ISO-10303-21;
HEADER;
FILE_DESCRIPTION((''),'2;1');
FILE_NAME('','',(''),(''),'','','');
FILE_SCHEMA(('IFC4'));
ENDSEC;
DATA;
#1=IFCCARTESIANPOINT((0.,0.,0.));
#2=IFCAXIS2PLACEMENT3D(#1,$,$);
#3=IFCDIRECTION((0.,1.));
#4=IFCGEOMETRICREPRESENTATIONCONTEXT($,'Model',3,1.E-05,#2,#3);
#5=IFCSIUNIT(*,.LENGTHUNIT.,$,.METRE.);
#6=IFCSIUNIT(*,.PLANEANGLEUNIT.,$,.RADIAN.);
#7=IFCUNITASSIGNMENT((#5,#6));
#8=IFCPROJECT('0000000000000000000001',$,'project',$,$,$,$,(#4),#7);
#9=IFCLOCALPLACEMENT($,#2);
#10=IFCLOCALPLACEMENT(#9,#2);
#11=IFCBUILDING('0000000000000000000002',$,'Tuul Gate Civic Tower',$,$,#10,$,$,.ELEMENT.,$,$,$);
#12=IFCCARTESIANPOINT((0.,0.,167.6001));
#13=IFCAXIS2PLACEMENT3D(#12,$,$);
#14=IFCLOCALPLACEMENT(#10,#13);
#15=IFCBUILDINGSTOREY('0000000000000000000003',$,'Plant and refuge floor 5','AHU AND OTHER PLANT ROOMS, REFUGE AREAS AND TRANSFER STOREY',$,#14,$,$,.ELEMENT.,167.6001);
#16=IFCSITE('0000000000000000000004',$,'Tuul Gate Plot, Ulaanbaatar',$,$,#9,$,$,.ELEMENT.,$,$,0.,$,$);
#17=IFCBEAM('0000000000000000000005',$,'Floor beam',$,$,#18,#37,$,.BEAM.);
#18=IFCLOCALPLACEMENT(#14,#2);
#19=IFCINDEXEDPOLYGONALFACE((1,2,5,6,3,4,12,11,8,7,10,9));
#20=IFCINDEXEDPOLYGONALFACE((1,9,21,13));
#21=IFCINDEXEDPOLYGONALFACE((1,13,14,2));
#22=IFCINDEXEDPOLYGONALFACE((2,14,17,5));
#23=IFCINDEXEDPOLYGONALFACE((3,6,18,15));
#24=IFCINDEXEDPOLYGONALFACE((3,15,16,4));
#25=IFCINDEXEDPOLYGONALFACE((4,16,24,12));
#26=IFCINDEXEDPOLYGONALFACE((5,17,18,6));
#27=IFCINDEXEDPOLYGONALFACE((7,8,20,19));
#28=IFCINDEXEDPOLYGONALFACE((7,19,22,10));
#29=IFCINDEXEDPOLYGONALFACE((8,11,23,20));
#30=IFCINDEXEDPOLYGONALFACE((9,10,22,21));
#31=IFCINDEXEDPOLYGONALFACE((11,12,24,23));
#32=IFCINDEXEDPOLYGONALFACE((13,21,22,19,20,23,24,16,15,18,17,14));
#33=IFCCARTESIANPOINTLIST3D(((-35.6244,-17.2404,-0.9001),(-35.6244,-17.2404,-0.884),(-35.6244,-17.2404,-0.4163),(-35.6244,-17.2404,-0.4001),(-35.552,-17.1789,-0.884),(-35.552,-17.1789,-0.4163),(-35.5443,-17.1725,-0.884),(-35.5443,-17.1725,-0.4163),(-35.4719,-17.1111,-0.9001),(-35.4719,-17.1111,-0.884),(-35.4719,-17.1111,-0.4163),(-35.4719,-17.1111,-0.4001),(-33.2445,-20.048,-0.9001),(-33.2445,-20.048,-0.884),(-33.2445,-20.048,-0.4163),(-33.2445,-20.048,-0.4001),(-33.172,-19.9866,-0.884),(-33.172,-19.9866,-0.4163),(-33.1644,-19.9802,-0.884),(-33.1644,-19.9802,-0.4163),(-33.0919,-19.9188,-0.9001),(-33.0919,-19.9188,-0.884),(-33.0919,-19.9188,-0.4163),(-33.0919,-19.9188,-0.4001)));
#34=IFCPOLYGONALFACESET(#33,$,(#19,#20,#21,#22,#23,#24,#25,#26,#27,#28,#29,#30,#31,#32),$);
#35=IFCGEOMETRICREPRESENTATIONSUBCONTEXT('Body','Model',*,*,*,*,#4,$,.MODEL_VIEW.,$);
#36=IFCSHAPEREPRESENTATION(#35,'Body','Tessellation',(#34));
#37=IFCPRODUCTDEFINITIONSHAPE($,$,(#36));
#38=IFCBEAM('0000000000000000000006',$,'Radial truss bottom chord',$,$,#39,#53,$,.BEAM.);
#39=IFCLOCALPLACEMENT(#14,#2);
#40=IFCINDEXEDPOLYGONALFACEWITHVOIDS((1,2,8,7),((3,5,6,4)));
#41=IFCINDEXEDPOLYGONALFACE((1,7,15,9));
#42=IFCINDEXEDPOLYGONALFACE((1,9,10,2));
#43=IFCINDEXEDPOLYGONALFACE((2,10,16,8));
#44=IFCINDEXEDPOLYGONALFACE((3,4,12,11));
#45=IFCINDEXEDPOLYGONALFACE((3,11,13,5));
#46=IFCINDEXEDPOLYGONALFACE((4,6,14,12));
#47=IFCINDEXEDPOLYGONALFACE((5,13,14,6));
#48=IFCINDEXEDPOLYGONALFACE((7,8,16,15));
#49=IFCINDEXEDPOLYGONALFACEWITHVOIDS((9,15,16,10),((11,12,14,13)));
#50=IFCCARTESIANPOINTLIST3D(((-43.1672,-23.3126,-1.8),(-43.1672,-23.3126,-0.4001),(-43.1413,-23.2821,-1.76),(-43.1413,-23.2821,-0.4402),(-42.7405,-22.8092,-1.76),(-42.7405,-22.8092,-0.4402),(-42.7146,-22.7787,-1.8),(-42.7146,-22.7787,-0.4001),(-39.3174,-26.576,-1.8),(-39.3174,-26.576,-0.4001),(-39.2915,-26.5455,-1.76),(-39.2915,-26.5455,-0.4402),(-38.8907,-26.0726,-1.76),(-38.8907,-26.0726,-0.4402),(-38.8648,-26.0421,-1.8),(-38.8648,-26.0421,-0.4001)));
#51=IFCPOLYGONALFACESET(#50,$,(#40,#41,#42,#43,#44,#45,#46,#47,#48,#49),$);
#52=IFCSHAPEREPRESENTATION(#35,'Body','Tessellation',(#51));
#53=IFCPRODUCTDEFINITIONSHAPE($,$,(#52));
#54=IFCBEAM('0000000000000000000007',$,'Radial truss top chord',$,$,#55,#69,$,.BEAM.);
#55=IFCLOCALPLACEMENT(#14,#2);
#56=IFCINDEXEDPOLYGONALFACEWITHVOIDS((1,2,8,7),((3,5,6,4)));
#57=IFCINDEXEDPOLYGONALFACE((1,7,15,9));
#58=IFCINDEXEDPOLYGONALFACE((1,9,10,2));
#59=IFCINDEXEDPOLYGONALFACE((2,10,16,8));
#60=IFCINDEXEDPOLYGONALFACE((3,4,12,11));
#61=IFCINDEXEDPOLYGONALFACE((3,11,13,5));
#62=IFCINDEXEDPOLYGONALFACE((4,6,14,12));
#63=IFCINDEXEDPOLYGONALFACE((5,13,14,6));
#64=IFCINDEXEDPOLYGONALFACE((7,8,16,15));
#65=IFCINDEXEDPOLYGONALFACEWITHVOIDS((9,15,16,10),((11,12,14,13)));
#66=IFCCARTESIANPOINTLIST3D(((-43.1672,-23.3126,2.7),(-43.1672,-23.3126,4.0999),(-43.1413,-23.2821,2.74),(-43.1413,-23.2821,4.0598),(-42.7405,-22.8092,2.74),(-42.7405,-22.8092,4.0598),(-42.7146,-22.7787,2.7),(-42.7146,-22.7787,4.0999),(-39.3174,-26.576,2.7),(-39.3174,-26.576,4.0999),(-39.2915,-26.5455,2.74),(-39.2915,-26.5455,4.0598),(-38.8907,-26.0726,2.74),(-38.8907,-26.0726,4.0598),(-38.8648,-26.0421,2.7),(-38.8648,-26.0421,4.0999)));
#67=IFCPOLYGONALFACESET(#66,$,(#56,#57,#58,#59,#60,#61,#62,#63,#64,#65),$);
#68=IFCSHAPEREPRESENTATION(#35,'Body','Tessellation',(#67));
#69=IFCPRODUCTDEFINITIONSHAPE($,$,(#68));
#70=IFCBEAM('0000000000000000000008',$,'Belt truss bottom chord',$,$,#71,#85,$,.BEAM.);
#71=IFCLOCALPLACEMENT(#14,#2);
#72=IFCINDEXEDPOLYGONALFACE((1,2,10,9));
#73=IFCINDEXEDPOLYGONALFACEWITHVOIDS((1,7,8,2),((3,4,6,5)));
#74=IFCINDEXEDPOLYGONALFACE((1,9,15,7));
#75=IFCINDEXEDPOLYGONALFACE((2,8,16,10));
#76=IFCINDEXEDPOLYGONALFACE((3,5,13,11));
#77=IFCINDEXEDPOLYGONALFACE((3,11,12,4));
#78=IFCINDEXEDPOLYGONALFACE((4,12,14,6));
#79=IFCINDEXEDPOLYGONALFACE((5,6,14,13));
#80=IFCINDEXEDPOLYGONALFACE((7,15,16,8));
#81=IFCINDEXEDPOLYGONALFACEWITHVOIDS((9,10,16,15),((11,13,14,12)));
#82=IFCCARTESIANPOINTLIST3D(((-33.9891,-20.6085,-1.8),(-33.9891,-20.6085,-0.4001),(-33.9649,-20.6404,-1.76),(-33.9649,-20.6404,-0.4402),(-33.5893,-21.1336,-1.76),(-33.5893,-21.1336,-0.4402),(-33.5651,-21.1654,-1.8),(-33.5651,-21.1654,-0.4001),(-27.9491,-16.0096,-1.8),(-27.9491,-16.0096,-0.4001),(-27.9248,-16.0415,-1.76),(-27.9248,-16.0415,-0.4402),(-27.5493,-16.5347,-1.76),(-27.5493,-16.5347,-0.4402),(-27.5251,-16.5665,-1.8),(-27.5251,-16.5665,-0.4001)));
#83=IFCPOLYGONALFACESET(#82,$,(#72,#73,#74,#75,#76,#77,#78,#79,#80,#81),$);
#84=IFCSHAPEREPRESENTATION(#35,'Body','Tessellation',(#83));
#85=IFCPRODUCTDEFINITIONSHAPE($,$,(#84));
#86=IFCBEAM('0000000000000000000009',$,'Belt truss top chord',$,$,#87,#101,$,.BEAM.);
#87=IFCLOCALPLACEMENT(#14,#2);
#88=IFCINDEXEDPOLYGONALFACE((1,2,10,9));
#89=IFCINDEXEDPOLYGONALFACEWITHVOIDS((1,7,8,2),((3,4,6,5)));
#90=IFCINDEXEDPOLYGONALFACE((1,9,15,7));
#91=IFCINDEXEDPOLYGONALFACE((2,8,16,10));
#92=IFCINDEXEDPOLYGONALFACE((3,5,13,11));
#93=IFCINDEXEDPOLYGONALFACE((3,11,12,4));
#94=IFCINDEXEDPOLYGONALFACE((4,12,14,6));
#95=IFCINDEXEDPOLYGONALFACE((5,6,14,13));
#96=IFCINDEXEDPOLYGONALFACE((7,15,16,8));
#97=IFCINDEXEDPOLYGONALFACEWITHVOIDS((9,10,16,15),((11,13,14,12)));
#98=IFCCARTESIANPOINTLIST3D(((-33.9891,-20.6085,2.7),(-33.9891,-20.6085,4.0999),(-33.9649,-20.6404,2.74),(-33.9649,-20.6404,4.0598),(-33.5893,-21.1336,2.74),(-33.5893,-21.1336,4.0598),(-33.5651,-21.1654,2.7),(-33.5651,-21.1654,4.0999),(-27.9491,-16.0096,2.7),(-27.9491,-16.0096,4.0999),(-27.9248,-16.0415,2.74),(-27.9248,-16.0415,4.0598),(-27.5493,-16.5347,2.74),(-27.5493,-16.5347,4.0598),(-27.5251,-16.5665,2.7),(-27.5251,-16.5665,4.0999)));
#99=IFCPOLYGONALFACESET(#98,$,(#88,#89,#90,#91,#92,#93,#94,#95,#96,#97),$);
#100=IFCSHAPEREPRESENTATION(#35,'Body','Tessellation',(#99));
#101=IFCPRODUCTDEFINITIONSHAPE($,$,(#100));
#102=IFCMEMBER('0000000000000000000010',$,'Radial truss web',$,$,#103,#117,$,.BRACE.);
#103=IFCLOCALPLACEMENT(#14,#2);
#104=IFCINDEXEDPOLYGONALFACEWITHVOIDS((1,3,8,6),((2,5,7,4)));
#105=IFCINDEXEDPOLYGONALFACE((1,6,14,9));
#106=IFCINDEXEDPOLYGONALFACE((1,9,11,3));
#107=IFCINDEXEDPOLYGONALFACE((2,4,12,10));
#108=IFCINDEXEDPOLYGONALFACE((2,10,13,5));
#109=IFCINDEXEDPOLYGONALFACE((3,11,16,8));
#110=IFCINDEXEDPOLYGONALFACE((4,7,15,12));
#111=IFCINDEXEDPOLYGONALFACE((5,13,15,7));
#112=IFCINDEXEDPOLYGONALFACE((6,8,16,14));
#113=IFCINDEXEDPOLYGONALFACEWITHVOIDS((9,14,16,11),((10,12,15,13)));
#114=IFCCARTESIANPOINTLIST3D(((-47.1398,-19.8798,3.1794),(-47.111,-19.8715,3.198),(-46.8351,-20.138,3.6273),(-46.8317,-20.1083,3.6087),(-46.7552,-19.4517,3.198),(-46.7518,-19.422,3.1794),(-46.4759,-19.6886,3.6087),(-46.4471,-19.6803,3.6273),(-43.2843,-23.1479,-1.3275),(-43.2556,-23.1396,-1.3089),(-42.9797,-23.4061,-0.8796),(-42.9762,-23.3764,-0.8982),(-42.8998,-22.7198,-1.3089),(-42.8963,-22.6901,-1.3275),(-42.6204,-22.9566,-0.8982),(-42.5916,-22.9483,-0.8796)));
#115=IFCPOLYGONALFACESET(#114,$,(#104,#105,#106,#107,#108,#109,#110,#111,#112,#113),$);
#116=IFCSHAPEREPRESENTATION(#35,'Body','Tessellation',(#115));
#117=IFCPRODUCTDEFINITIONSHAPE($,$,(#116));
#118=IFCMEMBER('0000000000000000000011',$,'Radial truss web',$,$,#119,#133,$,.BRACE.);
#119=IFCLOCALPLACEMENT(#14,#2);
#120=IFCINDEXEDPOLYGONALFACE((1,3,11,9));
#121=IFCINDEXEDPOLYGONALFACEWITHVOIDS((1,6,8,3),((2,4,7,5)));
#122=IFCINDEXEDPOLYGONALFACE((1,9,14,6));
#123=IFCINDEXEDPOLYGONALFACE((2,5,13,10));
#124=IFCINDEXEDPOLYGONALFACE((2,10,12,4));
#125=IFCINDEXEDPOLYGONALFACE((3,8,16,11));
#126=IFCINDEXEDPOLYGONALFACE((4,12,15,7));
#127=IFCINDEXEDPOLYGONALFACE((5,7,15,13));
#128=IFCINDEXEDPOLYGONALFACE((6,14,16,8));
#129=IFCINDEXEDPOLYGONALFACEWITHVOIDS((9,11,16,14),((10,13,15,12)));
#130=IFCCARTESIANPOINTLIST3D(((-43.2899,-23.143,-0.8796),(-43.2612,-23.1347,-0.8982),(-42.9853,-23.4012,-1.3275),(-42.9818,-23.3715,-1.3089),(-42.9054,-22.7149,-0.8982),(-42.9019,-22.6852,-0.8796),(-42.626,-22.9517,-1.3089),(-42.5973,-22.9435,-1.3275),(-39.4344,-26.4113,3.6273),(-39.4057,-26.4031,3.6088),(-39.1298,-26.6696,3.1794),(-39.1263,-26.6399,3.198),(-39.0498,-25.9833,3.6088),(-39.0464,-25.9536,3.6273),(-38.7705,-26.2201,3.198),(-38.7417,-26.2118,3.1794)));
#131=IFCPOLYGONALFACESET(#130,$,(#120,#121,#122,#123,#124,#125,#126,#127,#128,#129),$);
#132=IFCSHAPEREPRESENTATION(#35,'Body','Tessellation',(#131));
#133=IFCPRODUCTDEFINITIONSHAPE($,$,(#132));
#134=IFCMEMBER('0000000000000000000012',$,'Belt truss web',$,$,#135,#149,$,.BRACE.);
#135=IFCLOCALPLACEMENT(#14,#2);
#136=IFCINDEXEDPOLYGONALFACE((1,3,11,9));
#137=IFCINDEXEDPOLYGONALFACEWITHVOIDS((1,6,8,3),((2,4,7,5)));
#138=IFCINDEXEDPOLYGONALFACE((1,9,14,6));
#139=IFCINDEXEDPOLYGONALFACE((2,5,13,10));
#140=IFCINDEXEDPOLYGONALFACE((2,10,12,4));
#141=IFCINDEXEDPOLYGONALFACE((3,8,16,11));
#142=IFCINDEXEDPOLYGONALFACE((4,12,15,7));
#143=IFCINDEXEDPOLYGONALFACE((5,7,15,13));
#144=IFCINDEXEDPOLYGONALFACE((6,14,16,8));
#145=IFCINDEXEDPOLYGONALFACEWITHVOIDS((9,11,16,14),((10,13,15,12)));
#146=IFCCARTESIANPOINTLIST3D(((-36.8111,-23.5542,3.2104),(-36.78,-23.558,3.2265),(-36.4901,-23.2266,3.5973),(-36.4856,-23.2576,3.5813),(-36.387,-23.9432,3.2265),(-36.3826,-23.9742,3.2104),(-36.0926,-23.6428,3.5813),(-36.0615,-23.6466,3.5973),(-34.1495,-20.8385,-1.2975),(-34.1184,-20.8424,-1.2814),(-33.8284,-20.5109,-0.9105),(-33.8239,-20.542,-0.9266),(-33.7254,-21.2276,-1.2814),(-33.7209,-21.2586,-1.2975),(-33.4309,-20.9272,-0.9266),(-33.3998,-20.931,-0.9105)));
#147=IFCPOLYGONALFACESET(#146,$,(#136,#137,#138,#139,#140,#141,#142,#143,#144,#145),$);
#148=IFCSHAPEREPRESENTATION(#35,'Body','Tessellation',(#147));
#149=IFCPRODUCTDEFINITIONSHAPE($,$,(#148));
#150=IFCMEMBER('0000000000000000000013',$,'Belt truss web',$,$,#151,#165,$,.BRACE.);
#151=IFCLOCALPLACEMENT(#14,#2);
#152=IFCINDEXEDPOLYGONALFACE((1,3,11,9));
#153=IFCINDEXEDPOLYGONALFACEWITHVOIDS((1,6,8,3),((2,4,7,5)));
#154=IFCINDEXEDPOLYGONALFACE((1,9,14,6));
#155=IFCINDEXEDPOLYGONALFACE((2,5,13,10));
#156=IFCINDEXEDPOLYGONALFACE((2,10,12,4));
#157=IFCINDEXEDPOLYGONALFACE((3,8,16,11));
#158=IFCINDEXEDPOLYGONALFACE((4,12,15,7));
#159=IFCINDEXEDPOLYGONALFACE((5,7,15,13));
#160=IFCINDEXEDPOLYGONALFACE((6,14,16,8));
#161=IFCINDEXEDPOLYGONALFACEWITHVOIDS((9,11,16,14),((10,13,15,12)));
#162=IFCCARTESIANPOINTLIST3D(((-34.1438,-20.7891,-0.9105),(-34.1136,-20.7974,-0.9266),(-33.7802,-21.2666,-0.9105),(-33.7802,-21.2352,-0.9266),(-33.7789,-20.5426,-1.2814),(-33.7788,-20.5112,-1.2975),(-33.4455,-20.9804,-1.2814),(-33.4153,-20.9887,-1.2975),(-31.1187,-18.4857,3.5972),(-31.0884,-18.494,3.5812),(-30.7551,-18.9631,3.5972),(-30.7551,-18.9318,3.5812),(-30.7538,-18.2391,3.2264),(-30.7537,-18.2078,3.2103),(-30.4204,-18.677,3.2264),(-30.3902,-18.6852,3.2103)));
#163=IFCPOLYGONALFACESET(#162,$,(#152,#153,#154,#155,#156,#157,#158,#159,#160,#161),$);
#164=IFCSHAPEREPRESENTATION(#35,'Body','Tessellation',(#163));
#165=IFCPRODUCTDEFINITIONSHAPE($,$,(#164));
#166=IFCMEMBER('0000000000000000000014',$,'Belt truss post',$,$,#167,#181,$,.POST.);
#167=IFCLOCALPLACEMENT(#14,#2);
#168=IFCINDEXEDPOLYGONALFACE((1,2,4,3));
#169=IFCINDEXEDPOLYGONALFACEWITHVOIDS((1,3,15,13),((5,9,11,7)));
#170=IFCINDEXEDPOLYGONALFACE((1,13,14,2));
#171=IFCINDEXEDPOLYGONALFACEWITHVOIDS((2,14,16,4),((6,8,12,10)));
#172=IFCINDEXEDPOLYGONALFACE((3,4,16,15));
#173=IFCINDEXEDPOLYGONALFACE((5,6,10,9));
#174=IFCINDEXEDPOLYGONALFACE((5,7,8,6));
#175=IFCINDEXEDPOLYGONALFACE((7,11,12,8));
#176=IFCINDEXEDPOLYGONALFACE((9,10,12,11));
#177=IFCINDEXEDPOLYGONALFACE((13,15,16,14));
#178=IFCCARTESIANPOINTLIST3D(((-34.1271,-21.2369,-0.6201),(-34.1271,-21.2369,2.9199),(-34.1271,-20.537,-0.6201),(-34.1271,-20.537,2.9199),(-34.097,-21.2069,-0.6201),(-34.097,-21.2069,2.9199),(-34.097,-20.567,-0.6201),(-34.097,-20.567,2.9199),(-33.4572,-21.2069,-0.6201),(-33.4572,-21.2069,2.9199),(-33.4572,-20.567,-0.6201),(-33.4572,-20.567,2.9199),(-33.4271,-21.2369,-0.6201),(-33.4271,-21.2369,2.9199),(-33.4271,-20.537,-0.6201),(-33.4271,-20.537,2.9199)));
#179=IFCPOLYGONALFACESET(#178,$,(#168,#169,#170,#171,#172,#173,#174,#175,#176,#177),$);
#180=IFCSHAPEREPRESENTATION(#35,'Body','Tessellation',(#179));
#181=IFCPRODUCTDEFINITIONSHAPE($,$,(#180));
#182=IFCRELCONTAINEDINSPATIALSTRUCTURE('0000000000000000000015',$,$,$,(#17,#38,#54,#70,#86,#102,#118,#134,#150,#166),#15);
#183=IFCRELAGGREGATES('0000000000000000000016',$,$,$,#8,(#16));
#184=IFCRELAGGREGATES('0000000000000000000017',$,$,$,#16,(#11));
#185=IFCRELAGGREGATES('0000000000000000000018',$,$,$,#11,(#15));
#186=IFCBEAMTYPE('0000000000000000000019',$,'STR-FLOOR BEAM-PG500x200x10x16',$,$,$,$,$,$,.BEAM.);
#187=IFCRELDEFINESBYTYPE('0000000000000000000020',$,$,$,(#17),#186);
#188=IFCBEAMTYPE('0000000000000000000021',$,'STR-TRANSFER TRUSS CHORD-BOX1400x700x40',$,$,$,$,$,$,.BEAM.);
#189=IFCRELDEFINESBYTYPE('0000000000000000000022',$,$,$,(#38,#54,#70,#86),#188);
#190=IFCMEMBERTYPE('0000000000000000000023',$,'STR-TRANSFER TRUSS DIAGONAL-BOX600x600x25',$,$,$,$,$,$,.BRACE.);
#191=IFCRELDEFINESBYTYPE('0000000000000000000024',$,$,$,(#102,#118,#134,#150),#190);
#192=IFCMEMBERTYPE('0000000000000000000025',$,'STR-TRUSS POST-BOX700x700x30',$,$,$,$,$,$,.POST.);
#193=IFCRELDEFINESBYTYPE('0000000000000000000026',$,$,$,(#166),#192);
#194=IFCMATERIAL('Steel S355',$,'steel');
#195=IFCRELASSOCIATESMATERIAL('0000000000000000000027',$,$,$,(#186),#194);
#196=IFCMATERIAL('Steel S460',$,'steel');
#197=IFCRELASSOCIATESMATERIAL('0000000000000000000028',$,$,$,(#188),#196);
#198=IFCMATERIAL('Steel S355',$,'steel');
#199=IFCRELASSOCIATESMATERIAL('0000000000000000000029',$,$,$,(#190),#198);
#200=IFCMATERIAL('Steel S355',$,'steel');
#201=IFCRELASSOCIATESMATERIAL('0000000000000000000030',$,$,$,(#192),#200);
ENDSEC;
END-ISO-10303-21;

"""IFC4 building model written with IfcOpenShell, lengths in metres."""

from ifc_helpers import new_model, si_unit, direction, frame, origin, origin_2d, place, context, subcontext, project, spatial, hollow_rectangle, i_section, extrude, material, material_profile, profile_set, type_object, element, save


model = new_model("IFC4")

# Units and contexts
model_context = context("Model", 3, precision=1e-05, world=origin(), true_north=direction((0.0, 1.0)))
body_context = subcontext(model_context, "Body", "Model", "MODEL_VIEW")
ifc_project = project(units=[si_unit("LENGTHUNIT", "METRE"), si_unit("PLANEANGLEUNIT", "RADIAN")], contexts=[model_context])

# Site, building, storey
site_placement = place(None, origin())
site = spatial("IfcSite", under=ifc_project, at=site_placement, Name="Tuul Gate Plot, Ulaanbaatar", CompositionType="ELEMENT", RefElevation=0.0)
building_placement = place(site_placement, origin())
building = spatial("IfcBuilding", under=site, at=building_placement, Name="Tuul Gate Civic Tower", CompositionType="ELEMENT")
storey_placement = place(building_placement, frame((0.0, 0.0, 167.6001)))
storey = spatial("IfcBuildingStorey", under=building, at=storey_placement, Name="Plant and refuge floor 5", Description="AHU AND OTHER PLANT ROOMS, REFUGE AREAS AND TRANSFER STOREY", CompositionType="ELEMENT", Elevation=167.6001)

# Beams
ifc_material_1 = material(Name="Steel S355", Category="steel")
ifc_material_profile_1 = material_profile(ifc_material_1, i_section(OverallWidth=0.2, OverallDepth=0.5, WebThickness=0.01, FlangeThickness=0.0161, at=origin_2d()), Name="PG500x200x10x16")
ifc_profile_set_1 = profile_set([ifc_material_profile_1], Name="Steel S355")
beam_type_1 = type_object("IfcBeamType", Name="STR-FLOOR BEAM-PG500x200x10x16", PredefinedType="BEAM", material=ifc_profile_set_1)
beam_placement = place(storey_placement, frame((-33.1682, -19.9834, -0.6501), z_axis=(-0.646608, 0.762822, 0.0), x_axis=(-0.762822, -0.646608, 0.0)))
element("IfcBeam", 1, at=beam_placement, inside=storey, type_object=beam_type_1, Name="Floor beam", PredefinedType="BEAM", context=body_context, shape_type="SweptSolid", body=[
    extrude(i_section(OverallWidth=0.2, OverallDepth=0.5, WebThickness=0.01, FlangeThickness=0.0161, at=origin_2d()), origin(), (0.0, 0.0, 1.0), 3.6807),
])
ifc_material_2 = material(Name="Steel S460", Category="steel")
ifc_material_profile_2 = material_profile(ifc_material_2, hollow_rectangle(XDim=0.7, YDim=1.3999, WallThickness=0.04, at=origin_2d()), Name="BOX1400x700x40")
ifc_profile_set_2 = profile_set([ifc_material_profile_2], Name="Steel S460")
beam_type_2 = type_object("IfcBeamType", Name="STR-TRANSFER TRUSS CHORD-BOX1400x700x40", PredefinedType="BEAM", material=ifc_profile_set_2)
for number, where, z_axis, x_axis, name in (
    (2, (-42.9409, -23.0457, -1.1001), (0.762814, -0.646619, 0.0), (0.646619, 0.762814, 0.0), "Radial truss bottom chord"),
    (3, (-42.9409, -23.0457, 3.3999), (0.762814, -0.646619, 0.0), (0.646619, 0.762814, 0.0), "Radial truss top chord"),
):
    element("IfcBeam", number, at=place(storey_placement, frame(where, z_axis=z_axis, x_axis=x_axis)), inside=storey, type_object=beam_type_2, Name=name, PredefinedType="BEAM", context=body_context, shape_type="SweptSolid", body=[
        extrude(hollow_rectangle(XDim=0.7, YDim=1.3999, WallThickness=0.04, at=origin_2d()), origin(), (0.0, 0.0, 1.0), 5.0469),
    ])
for number, where, z_axis, x_axis, name in (
    (4, (-33.7771, -20.887, -1.1001), (0.795626, 0.605788, 0.0), (-0.605788, 0.795626, 0.0), "Belt truss bottom chord"),
    (5, (-33.7771, -20.887, 3.3999), (0.795626, 0.605788, 0.0), (-0.605788, 0.795626, 0.0), "Belt truss top chord"),
):
    element("IfcBeam", number, at=place(storey_placement, frame(where, z_axis=z_axis, x_axis=x_axis)), inside=storey, type_object=beam_type_2, Name=name, PredefinedType="BEAM", context=body_context, shape_type="SweptSolid", body=[
        extrude(hollow_rectangle(XDim=0.7, YDim=1.3999, WallThickness=0.04, at=origin_2d()), origin(), (0.0, 0.0, 1.0), 7.5916),
    ])

# Members
ifc_material_3 = material(Name="Steel S355", Category="steel")
ifc_material_profile_3 = material_profile(ifc_material_3, hollow_rectangle(XDim=0.6001, YDim=0.6001, WallThickness=0.0249, at=origin_2d()), Name="BOX600x600x25")
ifc_profile_set_3 = profile_set([ifc_material_profile_3], Name="Steel S355")
member_type_1 = type_object("IfcMemberType", Name="STR-TRANSFER TRUSS DIAGONAL-BOX600x600x25", PredefinedType="BRACE", material=ifc_profile_set_3)
member_1_placement = place(storey_placement, frame((-42.938, -23.0481, -1.1035), z_axis=(-0.569347, 0.482604, 0.665536), x_axis=(-0.646605, -0.762825, 0.0)))
element("IfcMember", 6, at=member_1_placement, inside=storey, type_object=member_type_1, Name="Radial truss web", PredefinedType="BRACE", context=body_context, shape_type="SweptSolid", body=[
    extrude(hollow_rectangle(XDim=0.6001, YDim=0.6001, WallThickness=0.0249, at=origin_2d()), origin(), (0.0, 0.0, 1.0), 6.7717),
])
member_2_placement = place(storey_placement, frame((-42.9436, -23.0432, -1.1035), z_axis=(0.569337, -0.482631, 0.665524), x_axis=(0.646633, 0.762802, 0.0)))
element("IfcMember", 7, at=member_2_placement, inside=storey, type_object=member_type_1, Name="Radial truss web", PredefinedType="BRACE", context=body_context, shape_type="SweptSolid", body=[
    extrude(hollow_rectangle(XDim=0.6001, YDim=0.6001, WallThickness=0.0249, at=origin_2d()), origin(), (0.0, 0.0, 1.0), 6.772),
])
member_3_placement = place(storey_placement, frame((-33.7747, -20.8848, -1.104), z_axis=(-0.451324, -0.460473, 0.764377), x_axis=(0.714166, -0.699976, 0.0)))
element("IfcMember", 8, at=member_3_placement, inside=storey, type_object=member_type_1, Name="Belt truss web", PredefinedType="BRACE", context=body_context, shape_type="SweptSolid", body=[
    extrude(hollow_rectangle(XDim=0.6001, YDim=0.6001, WallThickness=0.0249, at=origin_2d()), origin(), (0.0, 0.0, 1.0), 5.8975),
])
member_4_placement = place(storey_placement, frame((-33.7795, -20.8889, -1.104), z_axis=(0.512974, 0.390599, 0.764389), x_axis=(-0.605809, 0.79561, 0.0)))
element("IfcMember", 9, at=member_4_placement, inside=storey, type_object=member_type_1, Name="Belt truss web", PredefinedType="BRACE", context=body_context, shape_type="SweptSolid", body=[
    extrude(hollow_rectangle(XDim=0.6001, YDim=0.6001, WallThickness=0.0249, at=origin_2d()), origin(), (0.0, 0.0, 1.0), 5.8972),
])
ifc_material_4 = material(Name="Steel S355", Category="steel")
ifc_material_profile_4 = material_profile(ifc_material_4, hollow_rectangle(XDim=0.7, YDim=0.7, WallThickness=0.03, at=origin_2d()), Name="BOX700x700x30")
ifc_profile_set_4 = profile_set([ifc_material_profile_4], Name="Steel S355")
member_type_2 = type_object("IfcMemberType", Name="STR-TRUSS POST-BOX700x700x30", PredefinedType="POST", material=ifc_profile_set_4)
member_5_placement = place(storey_placement, frame((-33.7771, -20.887, -0.6201), z_axis=(0.0, 0.0, 1.0), x_axis=(1.0, 0.0, 0.0)))
element("IfcMember", 10, at=member_5_placement, inside=storey, type_object=member_type_2, Name="Belt truss post", PredefinedType="POST", context=body_context, shape_type="SweptSolid", body=[
    extrude(hollow_rectangle(XDim=0.7, YDim=0.7, WallThickness=0.03, at=origin_2d()), origin(), (0.0, 0.0, 1.0), 3.54),
])

save(model, "model.ifc")
